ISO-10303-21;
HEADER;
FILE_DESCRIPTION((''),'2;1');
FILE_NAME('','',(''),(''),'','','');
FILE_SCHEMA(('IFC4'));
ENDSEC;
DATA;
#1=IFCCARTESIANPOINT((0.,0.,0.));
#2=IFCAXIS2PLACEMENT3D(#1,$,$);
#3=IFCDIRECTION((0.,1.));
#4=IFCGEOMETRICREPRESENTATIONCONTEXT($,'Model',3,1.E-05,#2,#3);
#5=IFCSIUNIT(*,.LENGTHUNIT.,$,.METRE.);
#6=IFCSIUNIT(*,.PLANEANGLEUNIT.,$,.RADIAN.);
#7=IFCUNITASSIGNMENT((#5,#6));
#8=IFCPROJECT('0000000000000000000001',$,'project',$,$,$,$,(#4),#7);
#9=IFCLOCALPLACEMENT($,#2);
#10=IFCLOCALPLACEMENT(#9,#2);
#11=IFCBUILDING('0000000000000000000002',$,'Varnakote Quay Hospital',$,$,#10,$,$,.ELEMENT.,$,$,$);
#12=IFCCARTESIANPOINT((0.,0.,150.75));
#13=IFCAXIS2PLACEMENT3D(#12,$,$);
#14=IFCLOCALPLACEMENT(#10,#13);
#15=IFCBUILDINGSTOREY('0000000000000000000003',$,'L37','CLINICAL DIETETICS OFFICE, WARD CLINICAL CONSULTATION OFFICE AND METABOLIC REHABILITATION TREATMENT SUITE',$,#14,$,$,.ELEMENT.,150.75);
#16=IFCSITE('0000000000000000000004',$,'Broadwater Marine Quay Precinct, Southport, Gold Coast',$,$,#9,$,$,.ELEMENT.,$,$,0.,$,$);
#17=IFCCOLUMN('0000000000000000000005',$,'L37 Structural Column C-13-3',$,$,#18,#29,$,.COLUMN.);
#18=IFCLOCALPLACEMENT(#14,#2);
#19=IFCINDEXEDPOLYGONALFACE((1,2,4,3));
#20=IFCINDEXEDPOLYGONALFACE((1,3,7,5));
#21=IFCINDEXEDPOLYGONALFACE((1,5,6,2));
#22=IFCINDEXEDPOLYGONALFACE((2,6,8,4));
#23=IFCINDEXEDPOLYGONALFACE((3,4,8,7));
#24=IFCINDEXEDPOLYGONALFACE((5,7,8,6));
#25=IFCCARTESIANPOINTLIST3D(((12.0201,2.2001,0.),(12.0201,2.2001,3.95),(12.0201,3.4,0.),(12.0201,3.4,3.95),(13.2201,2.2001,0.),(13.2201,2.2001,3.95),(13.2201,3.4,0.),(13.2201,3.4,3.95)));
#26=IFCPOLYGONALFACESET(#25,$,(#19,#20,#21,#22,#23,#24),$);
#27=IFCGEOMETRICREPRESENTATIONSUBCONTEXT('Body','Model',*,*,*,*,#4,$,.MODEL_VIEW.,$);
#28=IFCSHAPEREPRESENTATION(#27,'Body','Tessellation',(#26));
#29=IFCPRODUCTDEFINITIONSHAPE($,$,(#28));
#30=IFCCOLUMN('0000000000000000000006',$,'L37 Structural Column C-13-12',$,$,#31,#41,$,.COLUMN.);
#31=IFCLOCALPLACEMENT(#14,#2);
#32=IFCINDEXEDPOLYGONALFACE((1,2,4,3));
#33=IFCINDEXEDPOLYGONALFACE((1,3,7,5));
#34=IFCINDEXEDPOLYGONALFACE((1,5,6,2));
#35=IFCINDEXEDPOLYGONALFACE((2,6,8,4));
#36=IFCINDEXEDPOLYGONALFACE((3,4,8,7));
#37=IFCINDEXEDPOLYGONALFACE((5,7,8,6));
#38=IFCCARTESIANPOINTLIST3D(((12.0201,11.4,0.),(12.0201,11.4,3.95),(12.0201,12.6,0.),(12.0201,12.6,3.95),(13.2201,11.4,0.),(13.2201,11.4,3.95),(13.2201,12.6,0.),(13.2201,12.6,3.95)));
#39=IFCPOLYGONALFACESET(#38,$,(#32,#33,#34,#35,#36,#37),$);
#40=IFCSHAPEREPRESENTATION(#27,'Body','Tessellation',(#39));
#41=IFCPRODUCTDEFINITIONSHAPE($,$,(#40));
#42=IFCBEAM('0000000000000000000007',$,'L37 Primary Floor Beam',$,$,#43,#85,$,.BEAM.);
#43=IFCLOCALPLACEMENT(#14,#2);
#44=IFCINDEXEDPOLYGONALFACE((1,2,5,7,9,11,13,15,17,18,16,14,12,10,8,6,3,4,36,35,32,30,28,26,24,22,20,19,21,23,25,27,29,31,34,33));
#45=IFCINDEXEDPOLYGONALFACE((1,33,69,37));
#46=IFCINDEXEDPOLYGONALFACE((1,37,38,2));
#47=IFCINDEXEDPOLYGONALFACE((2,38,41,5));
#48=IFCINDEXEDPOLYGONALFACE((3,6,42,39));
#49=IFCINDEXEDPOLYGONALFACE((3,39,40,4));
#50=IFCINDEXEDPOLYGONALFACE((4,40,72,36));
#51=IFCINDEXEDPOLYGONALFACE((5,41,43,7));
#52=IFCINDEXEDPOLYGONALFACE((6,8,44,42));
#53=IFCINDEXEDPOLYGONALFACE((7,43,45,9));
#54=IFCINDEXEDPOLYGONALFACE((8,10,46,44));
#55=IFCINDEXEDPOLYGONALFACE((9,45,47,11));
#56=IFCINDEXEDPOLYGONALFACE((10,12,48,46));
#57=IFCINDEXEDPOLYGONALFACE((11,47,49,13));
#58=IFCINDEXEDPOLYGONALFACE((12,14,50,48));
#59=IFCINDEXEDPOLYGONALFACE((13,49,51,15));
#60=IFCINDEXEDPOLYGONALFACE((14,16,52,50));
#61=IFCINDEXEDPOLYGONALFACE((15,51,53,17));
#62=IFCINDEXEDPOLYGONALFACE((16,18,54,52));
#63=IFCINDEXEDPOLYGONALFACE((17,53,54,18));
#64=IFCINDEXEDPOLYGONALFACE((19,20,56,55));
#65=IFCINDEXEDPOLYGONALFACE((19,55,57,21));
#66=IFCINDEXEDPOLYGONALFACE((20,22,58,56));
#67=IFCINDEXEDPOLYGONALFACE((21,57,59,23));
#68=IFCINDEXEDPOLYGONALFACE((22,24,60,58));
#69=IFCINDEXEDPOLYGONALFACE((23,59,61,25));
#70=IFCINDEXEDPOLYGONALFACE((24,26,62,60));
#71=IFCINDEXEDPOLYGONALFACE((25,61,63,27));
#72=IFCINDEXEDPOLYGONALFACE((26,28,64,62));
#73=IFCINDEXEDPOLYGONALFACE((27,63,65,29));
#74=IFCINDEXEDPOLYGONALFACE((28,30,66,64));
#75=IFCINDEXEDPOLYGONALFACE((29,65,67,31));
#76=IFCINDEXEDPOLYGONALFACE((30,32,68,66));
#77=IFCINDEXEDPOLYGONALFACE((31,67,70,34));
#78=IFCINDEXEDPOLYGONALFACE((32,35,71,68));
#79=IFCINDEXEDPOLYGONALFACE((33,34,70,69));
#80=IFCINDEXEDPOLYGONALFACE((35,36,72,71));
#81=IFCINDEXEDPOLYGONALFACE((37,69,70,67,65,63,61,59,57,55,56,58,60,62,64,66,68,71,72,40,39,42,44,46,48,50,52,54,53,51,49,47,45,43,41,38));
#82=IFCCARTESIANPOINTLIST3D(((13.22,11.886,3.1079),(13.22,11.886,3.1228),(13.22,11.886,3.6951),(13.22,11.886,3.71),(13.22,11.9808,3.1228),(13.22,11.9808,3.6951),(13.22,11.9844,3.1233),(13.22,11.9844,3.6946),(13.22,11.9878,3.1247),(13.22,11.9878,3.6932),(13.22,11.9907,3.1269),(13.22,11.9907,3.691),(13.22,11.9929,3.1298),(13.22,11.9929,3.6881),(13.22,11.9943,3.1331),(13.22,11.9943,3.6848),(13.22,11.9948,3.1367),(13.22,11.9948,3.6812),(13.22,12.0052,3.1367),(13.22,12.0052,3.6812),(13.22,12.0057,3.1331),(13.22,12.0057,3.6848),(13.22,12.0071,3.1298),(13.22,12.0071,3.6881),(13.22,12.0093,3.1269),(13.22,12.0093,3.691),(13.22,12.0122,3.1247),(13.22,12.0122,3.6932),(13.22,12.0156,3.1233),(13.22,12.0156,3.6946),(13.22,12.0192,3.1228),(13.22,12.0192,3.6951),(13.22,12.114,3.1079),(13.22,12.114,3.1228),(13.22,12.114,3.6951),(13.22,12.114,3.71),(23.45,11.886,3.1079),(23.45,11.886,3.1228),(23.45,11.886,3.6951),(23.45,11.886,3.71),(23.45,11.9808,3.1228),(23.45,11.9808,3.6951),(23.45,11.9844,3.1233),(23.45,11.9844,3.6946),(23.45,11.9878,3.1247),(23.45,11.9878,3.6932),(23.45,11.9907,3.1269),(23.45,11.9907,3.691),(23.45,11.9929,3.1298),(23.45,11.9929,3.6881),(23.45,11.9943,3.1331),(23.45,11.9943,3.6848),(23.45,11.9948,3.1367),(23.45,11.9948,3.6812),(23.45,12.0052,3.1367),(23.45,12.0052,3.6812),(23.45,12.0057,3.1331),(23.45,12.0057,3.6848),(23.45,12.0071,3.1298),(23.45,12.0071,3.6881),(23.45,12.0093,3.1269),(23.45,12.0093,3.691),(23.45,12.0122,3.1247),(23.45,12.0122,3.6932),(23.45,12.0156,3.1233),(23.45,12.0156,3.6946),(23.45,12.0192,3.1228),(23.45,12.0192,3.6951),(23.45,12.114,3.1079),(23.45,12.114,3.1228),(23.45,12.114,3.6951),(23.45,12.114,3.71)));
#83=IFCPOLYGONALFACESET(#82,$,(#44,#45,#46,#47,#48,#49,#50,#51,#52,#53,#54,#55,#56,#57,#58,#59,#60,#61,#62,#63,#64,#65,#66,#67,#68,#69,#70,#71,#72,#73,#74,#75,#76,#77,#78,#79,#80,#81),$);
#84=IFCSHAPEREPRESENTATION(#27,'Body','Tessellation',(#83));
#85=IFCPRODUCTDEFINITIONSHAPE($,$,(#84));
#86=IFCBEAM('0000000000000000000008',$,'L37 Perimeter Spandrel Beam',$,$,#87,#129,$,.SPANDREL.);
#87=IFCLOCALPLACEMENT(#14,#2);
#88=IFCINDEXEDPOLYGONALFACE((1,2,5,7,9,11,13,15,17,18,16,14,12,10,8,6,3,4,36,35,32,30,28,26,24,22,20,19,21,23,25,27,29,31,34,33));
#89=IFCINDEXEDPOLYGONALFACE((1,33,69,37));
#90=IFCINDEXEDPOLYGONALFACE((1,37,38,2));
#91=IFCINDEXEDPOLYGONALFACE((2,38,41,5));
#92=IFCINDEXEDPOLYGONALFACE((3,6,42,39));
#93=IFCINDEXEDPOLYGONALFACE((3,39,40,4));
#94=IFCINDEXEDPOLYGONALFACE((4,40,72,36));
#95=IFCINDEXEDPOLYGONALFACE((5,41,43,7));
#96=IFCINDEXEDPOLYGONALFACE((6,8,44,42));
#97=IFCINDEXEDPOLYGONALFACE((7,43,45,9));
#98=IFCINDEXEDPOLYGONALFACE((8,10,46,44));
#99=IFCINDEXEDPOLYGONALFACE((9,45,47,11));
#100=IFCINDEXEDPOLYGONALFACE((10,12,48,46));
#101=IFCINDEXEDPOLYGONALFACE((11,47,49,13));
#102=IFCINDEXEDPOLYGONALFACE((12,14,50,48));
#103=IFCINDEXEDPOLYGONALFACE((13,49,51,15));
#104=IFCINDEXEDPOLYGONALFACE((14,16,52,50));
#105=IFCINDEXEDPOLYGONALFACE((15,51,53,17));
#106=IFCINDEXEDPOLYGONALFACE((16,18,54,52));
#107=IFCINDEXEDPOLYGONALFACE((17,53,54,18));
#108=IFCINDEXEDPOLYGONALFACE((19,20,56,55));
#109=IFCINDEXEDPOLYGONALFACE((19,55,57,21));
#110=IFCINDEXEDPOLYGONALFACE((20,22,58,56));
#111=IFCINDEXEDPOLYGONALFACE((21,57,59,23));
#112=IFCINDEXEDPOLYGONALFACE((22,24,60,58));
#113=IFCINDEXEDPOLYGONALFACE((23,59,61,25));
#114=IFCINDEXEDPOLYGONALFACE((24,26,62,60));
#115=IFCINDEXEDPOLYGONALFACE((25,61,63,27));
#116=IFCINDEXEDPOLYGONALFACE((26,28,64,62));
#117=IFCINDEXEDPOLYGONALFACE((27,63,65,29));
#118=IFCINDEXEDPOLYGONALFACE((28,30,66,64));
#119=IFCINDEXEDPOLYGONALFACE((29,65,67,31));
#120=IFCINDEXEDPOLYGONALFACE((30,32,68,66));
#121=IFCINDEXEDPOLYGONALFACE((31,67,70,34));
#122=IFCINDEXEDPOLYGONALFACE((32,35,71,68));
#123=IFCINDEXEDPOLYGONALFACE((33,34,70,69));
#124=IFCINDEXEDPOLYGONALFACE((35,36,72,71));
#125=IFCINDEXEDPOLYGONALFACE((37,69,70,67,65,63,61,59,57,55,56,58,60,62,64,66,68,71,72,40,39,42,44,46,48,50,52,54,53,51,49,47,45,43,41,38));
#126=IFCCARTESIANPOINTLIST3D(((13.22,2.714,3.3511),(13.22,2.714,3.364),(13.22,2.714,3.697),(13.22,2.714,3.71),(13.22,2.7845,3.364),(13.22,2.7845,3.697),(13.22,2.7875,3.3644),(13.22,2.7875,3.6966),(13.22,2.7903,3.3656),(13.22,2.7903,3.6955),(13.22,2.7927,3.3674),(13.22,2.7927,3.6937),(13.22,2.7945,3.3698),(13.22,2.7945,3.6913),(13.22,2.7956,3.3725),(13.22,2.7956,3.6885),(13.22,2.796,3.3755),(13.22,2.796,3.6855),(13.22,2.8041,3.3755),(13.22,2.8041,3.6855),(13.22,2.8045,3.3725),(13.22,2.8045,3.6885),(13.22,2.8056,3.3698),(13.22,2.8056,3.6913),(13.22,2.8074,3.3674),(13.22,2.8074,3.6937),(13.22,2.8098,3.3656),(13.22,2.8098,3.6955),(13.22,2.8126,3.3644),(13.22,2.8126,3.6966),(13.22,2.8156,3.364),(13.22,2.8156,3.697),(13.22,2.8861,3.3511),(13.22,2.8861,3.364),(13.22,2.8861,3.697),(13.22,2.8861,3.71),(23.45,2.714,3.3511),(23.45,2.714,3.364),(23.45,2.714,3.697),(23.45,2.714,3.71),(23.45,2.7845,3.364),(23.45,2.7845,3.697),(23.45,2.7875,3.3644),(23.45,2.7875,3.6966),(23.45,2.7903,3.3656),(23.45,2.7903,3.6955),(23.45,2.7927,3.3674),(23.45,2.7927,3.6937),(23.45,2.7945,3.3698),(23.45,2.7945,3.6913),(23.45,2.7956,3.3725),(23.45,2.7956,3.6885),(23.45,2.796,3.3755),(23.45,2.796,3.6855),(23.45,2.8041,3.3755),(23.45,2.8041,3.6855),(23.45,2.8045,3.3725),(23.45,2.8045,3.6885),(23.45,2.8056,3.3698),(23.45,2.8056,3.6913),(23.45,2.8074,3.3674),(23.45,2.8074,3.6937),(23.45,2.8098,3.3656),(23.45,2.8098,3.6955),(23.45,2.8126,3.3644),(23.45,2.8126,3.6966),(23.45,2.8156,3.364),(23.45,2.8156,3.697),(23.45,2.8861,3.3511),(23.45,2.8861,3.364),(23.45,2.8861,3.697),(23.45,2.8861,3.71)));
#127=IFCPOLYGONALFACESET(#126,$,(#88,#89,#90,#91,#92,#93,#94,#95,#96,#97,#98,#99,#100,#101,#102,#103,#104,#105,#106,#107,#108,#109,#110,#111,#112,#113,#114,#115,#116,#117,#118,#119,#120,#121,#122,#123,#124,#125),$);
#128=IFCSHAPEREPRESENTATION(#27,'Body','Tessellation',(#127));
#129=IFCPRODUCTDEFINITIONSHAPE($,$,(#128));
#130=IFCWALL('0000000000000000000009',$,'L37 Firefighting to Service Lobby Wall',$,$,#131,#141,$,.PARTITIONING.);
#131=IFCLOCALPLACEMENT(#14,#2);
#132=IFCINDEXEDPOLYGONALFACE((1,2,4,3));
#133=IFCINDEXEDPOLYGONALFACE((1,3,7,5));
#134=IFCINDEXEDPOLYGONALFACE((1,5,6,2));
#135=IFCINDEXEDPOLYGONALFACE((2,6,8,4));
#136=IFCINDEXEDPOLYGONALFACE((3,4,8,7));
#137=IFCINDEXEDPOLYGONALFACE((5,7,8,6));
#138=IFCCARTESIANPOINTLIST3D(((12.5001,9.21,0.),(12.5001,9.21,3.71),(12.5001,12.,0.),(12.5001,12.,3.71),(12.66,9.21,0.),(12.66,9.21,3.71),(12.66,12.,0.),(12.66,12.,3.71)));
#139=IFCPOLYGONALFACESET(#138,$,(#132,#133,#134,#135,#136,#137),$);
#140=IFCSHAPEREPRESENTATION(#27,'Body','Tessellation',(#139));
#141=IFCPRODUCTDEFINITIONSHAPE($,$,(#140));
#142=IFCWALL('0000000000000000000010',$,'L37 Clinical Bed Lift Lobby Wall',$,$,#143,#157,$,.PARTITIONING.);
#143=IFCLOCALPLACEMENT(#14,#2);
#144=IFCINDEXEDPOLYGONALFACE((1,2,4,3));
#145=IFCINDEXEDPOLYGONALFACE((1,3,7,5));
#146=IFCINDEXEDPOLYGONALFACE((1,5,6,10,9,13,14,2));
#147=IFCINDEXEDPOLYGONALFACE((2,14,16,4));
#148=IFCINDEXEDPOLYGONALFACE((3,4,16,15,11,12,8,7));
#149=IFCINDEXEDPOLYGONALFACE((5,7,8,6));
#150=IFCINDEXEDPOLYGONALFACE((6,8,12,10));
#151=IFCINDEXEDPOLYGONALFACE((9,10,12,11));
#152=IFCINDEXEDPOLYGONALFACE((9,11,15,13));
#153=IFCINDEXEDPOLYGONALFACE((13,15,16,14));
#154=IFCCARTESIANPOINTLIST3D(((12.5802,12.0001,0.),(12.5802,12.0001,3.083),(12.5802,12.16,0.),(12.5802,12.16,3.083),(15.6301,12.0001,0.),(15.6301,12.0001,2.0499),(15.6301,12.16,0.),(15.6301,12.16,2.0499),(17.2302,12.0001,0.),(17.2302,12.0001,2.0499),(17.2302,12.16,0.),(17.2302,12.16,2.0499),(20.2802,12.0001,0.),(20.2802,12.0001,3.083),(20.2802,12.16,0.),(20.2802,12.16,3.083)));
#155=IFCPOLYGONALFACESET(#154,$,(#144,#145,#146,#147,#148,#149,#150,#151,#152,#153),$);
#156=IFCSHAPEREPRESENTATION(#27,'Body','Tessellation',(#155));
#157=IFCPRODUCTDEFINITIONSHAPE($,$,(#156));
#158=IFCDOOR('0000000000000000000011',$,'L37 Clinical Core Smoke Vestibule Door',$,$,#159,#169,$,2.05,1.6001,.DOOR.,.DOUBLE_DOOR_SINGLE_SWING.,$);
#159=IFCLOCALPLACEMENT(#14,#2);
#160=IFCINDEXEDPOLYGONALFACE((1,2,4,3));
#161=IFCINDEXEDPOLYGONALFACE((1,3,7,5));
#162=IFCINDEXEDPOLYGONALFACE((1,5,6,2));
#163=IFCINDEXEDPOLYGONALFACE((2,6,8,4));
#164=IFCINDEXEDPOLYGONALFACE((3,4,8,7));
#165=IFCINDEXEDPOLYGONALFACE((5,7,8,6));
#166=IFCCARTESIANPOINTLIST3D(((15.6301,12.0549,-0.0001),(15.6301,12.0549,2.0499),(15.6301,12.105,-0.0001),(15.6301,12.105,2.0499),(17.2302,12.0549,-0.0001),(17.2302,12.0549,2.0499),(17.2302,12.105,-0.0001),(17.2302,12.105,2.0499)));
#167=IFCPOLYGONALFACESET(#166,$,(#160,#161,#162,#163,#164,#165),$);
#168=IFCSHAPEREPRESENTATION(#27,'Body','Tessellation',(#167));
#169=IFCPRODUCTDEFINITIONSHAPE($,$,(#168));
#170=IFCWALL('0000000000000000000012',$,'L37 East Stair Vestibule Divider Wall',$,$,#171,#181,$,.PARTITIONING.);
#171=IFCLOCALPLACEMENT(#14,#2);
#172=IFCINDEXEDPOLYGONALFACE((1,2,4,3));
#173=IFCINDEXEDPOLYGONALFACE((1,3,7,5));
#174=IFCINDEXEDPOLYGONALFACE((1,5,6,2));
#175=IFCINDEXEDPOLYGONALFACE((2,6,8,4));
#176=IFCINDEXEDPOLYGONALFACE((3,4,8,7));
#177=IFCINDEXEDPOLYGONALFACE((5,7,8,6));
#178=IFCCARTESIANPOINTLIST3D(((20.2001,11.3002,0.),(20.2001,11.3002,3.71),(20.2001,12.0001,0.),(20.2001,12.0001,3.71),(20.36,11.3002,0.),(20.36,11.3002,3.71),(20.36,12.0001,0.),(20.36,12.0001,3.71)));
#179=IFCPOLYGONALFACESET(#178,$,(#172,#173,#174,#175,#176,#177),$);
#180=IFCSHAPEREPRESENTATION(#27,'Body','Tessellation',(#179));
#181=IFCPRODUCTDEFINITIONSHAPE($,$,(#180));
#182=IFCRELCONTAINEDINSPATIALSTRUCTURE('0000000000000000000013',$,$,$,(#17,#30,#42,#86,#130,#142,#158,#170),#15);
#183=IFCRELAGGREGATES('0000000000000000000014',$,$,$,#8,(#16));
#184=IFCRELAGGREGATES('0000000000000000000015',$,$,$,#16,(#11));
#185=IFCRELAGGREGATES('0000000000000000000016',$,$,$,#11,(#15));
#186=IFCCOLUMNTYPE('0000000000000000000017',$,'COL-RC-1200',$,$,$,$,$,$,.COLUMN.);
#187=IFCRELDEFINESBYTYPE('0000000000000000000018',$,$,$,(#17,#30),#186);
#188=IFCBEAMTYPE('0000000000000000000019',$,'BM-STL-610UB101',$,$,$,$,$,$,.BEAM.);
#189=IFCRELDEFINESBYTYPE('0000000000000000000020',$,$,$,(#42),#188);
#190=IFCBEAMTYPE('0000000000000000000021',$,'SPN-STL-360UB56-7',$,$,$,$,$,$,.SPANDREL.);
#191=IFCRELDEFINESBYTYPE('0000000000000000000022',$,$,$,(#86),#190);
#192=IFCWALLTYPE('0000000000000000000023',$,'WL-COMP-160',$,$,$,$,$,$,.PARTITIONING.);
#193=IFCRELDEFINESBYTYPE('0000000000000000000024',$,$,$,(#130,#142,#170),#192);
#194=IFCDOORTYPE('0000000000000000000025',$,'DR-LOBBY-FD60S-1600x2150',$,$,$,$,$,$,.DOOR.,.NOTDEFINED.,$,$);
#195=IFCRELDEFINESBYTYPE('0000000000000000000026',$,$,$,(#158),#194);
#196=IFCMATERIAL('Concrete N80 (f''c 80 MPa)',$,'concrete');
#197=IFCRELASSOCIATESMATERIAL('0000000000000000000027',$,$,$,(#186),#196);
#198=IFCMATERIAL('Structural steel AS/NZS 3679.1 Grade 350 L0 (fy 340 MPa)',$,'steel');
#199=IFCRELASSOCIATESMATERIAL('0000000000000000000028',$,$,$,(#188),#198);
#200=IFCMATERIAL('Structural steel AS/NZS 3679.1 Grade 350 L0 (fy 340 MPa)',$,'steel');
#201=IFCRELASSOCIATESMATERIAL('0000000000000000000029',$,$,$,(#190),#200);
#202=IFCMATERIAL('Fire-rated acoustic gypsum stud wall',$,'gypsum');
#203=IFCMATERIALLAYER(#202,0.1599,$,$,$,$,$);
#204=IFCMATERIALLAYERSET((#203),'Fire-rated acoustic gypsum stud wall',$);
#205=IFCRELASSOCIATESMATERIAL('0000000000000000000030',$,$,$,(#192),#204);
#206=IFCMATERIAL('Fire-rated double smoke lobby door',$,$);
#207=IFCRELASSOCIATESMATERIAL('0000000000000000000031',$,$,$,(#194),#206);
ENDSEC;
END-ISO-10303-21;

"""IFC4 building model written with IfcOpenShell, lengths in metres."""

from ifc_helpers import new_model, si_unit, direction, frame, frame_2d, origin, origin_2d, place, context, subcontext, project, spatial, rectangle, i_section, extrude, material, layer, layer_set, material_profile, profile_set, type_object, element, fill, save


model = new_model("IFC4")

# Units and contexts
model_context = context("Model", 3, precision=1e-05, world=origin(), true_north=direction((0.0, 1.0)))
body_context = subcontext(model_context, "Body", "Model", "MODEL_VIEW")
ifc_project = project(units=[si_unit("LENGTHUNIT", "METRE"), si_unit("PLANEANGLEUNIT", "RADIAN")], contexts=[model_context])

# Site, building, storey
site_placement = place(None, origin())
site = spatial("IfcSite", under=ifc_project, at=site_placement, Name="Broadwater Marine Quay Precinct, Southport, Gold Coast", CompositionType="ELEMENT", RefElevation=0.0)
building_placement = place(site_placement, origin())
building = spatial("IfcBuilding", under=site, at=building_placement, Name="Varnakote Quay Hospital", CompositionType="ELEMENT")
storey_placement = place(building_placement, frame((0.0, 0.0, 150.75)))
storey = spatial("IfcBuildingStorey", under=building, at=storey_placement, Name="L37", Description="CLINICAL DIETETICS OFFICE, WARD CLINICAL CONSULTATION OFFICE AND METABOLIC REHABILITATION TREATMENT SUITE", CompositionType="ELEMENT", Elevation=150.75)

# Columns
ifc_material_1 = material(Name="Concrete N80 (f'c 80 MPa)", Category="concrete")
ifc_material_profile_1 = material_profile(ifc_material_1, rectangle(XDim=1.2, YDim=1.2, at=origin_2d()), Name="RC-COL-1200x1200")
ifc_profile_set_1 = profile_set([ifc_material_profile_1], Name="Concrete N80 (f'c 80 MPa)")
column_type = type_object("IfcColumnType", Name="COL-RC-1200", PredefinedType="COLUMN", material=ifc_profile_set_1)
for number, where, z_axis, x_axis, name in (
    (1, (12.6201, 2.8, 0.0), (0.0, 0.0, 1.0), (1.0, 0.0, 0.0), "L37 Structural Column C-13-3"),
    (2, (12.6201, 12.0, 0.0), (0.0, 0.0, 1.0), (1.0, 0.0, 0.0), "L37 Structural Column C-13-12"),
):
    element("IfcColumn", number, at=place(storey_placement, frame(where, z_axis=z_axis, x_axis=x_axis)), inside=storey, type_object=column_type, Name=name, PredefinedType="COLUMN", context=body_context, shape_type="SweptSolid", body=[
        extrude(rectangle(XDim=1.2, YDim=1.2, at=origin_2d()), origin(), (0.0, 0.0, 1.0), 3.95),
    ])

# Beams
ifc_material_2 = material(Name="Structural steel AS/NZS 3679.1 Grade 350 L0 (fy 340 MPa)", Category="steel")
ifc_material_profile_2 = material_profile(ifc_material_2, i_section(OverallWidth=0.228, OverallDepth=0.6021, WebThickness=0.0105, FlangeThickness=0.0149, FilletRadius=0.0139, at=origin_2d()), Name="610UB101")
ifc_profile_set_2 = profile_set([ifc_material_profile_2], Name="Structural steel AS/NZS 3679.1 Grade 350 L0 (fy 340 MPa)")
beam_type_1 = type_object("IfcBeamType", Name="BM-STL-610UB101", PredefinedType="BEAM", material=ifc_profile_set_2)
beam_1_placement = place(storey_placement, frame((13.22, 12.0, 3.4089), z_axis=(1.0, 0.0, 0.0), x_axis=(0.0, 1.0, 0.0)))
element("IfcBeam", 3, at=beam_1_placement, inside=storey, type_object=beam_type_1, Name="L37 Primary Floor Beam", PredefinedType="BEAM", context=body_context, shape_type="SweptSolid", body=[
    extrude(i_section(OverallWidth=0.228, OverallDepth=0.6021, WebThickness=0.0105, FlangeThickness=0.0149, FilletRadius=0.0139, at=origin_2d()), origin(), (0.0, 0.0, 1.0), 10.23),
])
ifc_material_3 = material(Name="Structural steel AS/NZS 3679.1 Grade 350 L0 (fy 340 MPa)", Category="steel")
ifc_material_profile_3 = material_profile(ifc_material_3, i_section(OverallWidth=0.1721, OverallDepth=0.3589, WebThickness=0.0081, FlangeThickness=0.0129, FilletRadius=0.0115, at=origin_2d()), Name="360UB56.7")
ifc_profile_set_3 = profile_set([ifc_material_profile_3], Name="Structural steel AS/NZS 3679.1 Grade 350 L0 (fy 340 MPa)")
beam_type_2 = type_object("IfcBeamType", Name="SPN-STL-360UB56-7", PredefinedType="SPANDREL", material=ifc_profile_set_3)
beam_2_placement = place(storey_placement, frame((13.22, 2.8, 3.5305), z_axis=(1.0, 0.0, 0.0), x_axis=(0.0, 1.0, 0.0)))
element("IfcBeam", 4, at=beam_2_placement, inside=storey, type_object=beam_type_2, Name="L37 Perimeter Spandrel Beam", PredefinedType="SPANDREL", context=body_context, shape_type="SweptSolid", body=[
    extrude(i_section(OverallWidth=0.1721, OverallDepth=0.3589, WebThickness=0.0081, FlangeThickness=0.0129, FilletRadius=0.0115, at=origin_2d()), origin(), (0.0, 0.0, 1.0), 10.23),
])

# Wall
ifc_material_4 = material(Name="Fire-rated acoustic gypsum stud wall", Category="gypsum")
ifc_layer_1 = layer(ifc_material_4, 0.1599)
ifc_layer_set_1 = layer_set([ifc_layer_1], Name="Fire-rated acoustic gypsum stud wall")
wall_type_1 = type_object("IfcWallType", Name="WL-COMP-160", PredefinedType="PARTITIONING", material=ifc_layer_set_1)
wall_1_placement = place(storey_placement, frame((12.5801, 9.21, 0.0), z_axis=(0.0, 0.0, 1.0), x_axis=(0.0, 1.0, 0.0)))
element("IfcWall", 5, at=wall_1_placement, inside=storey, type_object=wall_type_1, Name="L37 Firefighting to Service Lobby Wall", PredefinedType="PARTITIONING", context=body_context, shape_type="SweptSolid", body=[
    extrude(rectangle(XDim=2.79, YDim=0.1599, at=frame_2d((1.395, 0.0))), origin(), (0.0, 0.0, 1.0), 3.71),
])

# Wall, opening, door
wall_2_placement = place(storey_placement, frame((12.5801, 12.0801, 0.0), z_axis=(0.0, 0.0, 1.0), x_axis=(1.0, 0.0, 0.0)))
wall_2 = element("IfcWall", 6, at=wall_2_placement, inside=storey, type_object=wall_type_1, Name="L37 Clinical Bed Lift Lobby Wall", PredefinedType="PARTITIONING", context=body_context, shape_type="SweptSolid", body=[
    extrude(rectangle(XDim=7.7, YDim=0.1599, at=frame_2d((3.8501, 0.0))), origin(), (0.0, 0.0, 1.0), 3.083),
])
opening_1_placement = place(wall_2_placement, frame((3.05, 0.0, 0.0)))
opening_1 = element("IfcOpeningElement", 7, at=opening_1_placement, cuts=wall_2, PredefinedType="OPENING", context=body_context, shape_type="SweptSolid", body=[
    extrude(rectangle(XDim=1.6001, YDim=2.05, at=frame_2d((0.8, 1.0249))), frame((0.0, 0.0898, 0.0), z_axis=(0.0, -1.0, 0.0), x_axis=(1.0, 0.0, 0.0)), (0.0, 0.0, 1.0), 0.1799),
])
ifc_material_5 = material(Name="Fire-rated double smoke lobby door")
door_type_1 = type_object("IfcDoorType", Name="DR-LOBBY-FD60S-1600x2150", OperationType="NOTDEFINED", PredefinedType="DOOR", material=ifc_material_5)
door_1_placement = place(opening_1_placement, origin())
door_1 = element("IfcDoor", 8, at=door_1_placement, inside=storey, type_object=door_type_1, Name="L37 Clinical Core Smoke Vestibule Door", OperationType="DOUBLE_DOOR_SINGLE_SWING", OverallHeight=2.05, OverallWidth=1.6001, PredefinedType="DOOR", context=body_context, shape_type="SweptSolid", body=[
    extrude(rectangle(XDim=1.6001, YDim=2.05, at=frame_2d((0.8, 1.0249))), frame((0.0, 0.0249, 0.0), z_axis=(0.0, -1.0, 0.0), x_axis=(1.0, 0.0, 0.0)), (0.0, 0.0, 1.0), 0.05),
])
fill(opening_1, door_1)

# Wall
wall_3_placement = place(storey_placement, frame((20.28, 11.3, 0.0), z_axis=(0.0, 0.0, 1.0), x_axis=(0.0, 1.0, 0.0)))
element("IfcWall", 9, at=wall_3_placement, inside=storey, type_object=wall_type_1, Name="L37 East Stair Vestibule Divider Wall", PredefinedType="PARTITIONING", context=body_context, shape_type="SweptSolid", body=[
    extrude(rectangle(XDim=0.7, YDim=0.1599, at=frame_2d((0.3501, 0.0))), origin(), (0.0, 0.0, 1.0), 3.71),
])

save(model, "model.ifc")
